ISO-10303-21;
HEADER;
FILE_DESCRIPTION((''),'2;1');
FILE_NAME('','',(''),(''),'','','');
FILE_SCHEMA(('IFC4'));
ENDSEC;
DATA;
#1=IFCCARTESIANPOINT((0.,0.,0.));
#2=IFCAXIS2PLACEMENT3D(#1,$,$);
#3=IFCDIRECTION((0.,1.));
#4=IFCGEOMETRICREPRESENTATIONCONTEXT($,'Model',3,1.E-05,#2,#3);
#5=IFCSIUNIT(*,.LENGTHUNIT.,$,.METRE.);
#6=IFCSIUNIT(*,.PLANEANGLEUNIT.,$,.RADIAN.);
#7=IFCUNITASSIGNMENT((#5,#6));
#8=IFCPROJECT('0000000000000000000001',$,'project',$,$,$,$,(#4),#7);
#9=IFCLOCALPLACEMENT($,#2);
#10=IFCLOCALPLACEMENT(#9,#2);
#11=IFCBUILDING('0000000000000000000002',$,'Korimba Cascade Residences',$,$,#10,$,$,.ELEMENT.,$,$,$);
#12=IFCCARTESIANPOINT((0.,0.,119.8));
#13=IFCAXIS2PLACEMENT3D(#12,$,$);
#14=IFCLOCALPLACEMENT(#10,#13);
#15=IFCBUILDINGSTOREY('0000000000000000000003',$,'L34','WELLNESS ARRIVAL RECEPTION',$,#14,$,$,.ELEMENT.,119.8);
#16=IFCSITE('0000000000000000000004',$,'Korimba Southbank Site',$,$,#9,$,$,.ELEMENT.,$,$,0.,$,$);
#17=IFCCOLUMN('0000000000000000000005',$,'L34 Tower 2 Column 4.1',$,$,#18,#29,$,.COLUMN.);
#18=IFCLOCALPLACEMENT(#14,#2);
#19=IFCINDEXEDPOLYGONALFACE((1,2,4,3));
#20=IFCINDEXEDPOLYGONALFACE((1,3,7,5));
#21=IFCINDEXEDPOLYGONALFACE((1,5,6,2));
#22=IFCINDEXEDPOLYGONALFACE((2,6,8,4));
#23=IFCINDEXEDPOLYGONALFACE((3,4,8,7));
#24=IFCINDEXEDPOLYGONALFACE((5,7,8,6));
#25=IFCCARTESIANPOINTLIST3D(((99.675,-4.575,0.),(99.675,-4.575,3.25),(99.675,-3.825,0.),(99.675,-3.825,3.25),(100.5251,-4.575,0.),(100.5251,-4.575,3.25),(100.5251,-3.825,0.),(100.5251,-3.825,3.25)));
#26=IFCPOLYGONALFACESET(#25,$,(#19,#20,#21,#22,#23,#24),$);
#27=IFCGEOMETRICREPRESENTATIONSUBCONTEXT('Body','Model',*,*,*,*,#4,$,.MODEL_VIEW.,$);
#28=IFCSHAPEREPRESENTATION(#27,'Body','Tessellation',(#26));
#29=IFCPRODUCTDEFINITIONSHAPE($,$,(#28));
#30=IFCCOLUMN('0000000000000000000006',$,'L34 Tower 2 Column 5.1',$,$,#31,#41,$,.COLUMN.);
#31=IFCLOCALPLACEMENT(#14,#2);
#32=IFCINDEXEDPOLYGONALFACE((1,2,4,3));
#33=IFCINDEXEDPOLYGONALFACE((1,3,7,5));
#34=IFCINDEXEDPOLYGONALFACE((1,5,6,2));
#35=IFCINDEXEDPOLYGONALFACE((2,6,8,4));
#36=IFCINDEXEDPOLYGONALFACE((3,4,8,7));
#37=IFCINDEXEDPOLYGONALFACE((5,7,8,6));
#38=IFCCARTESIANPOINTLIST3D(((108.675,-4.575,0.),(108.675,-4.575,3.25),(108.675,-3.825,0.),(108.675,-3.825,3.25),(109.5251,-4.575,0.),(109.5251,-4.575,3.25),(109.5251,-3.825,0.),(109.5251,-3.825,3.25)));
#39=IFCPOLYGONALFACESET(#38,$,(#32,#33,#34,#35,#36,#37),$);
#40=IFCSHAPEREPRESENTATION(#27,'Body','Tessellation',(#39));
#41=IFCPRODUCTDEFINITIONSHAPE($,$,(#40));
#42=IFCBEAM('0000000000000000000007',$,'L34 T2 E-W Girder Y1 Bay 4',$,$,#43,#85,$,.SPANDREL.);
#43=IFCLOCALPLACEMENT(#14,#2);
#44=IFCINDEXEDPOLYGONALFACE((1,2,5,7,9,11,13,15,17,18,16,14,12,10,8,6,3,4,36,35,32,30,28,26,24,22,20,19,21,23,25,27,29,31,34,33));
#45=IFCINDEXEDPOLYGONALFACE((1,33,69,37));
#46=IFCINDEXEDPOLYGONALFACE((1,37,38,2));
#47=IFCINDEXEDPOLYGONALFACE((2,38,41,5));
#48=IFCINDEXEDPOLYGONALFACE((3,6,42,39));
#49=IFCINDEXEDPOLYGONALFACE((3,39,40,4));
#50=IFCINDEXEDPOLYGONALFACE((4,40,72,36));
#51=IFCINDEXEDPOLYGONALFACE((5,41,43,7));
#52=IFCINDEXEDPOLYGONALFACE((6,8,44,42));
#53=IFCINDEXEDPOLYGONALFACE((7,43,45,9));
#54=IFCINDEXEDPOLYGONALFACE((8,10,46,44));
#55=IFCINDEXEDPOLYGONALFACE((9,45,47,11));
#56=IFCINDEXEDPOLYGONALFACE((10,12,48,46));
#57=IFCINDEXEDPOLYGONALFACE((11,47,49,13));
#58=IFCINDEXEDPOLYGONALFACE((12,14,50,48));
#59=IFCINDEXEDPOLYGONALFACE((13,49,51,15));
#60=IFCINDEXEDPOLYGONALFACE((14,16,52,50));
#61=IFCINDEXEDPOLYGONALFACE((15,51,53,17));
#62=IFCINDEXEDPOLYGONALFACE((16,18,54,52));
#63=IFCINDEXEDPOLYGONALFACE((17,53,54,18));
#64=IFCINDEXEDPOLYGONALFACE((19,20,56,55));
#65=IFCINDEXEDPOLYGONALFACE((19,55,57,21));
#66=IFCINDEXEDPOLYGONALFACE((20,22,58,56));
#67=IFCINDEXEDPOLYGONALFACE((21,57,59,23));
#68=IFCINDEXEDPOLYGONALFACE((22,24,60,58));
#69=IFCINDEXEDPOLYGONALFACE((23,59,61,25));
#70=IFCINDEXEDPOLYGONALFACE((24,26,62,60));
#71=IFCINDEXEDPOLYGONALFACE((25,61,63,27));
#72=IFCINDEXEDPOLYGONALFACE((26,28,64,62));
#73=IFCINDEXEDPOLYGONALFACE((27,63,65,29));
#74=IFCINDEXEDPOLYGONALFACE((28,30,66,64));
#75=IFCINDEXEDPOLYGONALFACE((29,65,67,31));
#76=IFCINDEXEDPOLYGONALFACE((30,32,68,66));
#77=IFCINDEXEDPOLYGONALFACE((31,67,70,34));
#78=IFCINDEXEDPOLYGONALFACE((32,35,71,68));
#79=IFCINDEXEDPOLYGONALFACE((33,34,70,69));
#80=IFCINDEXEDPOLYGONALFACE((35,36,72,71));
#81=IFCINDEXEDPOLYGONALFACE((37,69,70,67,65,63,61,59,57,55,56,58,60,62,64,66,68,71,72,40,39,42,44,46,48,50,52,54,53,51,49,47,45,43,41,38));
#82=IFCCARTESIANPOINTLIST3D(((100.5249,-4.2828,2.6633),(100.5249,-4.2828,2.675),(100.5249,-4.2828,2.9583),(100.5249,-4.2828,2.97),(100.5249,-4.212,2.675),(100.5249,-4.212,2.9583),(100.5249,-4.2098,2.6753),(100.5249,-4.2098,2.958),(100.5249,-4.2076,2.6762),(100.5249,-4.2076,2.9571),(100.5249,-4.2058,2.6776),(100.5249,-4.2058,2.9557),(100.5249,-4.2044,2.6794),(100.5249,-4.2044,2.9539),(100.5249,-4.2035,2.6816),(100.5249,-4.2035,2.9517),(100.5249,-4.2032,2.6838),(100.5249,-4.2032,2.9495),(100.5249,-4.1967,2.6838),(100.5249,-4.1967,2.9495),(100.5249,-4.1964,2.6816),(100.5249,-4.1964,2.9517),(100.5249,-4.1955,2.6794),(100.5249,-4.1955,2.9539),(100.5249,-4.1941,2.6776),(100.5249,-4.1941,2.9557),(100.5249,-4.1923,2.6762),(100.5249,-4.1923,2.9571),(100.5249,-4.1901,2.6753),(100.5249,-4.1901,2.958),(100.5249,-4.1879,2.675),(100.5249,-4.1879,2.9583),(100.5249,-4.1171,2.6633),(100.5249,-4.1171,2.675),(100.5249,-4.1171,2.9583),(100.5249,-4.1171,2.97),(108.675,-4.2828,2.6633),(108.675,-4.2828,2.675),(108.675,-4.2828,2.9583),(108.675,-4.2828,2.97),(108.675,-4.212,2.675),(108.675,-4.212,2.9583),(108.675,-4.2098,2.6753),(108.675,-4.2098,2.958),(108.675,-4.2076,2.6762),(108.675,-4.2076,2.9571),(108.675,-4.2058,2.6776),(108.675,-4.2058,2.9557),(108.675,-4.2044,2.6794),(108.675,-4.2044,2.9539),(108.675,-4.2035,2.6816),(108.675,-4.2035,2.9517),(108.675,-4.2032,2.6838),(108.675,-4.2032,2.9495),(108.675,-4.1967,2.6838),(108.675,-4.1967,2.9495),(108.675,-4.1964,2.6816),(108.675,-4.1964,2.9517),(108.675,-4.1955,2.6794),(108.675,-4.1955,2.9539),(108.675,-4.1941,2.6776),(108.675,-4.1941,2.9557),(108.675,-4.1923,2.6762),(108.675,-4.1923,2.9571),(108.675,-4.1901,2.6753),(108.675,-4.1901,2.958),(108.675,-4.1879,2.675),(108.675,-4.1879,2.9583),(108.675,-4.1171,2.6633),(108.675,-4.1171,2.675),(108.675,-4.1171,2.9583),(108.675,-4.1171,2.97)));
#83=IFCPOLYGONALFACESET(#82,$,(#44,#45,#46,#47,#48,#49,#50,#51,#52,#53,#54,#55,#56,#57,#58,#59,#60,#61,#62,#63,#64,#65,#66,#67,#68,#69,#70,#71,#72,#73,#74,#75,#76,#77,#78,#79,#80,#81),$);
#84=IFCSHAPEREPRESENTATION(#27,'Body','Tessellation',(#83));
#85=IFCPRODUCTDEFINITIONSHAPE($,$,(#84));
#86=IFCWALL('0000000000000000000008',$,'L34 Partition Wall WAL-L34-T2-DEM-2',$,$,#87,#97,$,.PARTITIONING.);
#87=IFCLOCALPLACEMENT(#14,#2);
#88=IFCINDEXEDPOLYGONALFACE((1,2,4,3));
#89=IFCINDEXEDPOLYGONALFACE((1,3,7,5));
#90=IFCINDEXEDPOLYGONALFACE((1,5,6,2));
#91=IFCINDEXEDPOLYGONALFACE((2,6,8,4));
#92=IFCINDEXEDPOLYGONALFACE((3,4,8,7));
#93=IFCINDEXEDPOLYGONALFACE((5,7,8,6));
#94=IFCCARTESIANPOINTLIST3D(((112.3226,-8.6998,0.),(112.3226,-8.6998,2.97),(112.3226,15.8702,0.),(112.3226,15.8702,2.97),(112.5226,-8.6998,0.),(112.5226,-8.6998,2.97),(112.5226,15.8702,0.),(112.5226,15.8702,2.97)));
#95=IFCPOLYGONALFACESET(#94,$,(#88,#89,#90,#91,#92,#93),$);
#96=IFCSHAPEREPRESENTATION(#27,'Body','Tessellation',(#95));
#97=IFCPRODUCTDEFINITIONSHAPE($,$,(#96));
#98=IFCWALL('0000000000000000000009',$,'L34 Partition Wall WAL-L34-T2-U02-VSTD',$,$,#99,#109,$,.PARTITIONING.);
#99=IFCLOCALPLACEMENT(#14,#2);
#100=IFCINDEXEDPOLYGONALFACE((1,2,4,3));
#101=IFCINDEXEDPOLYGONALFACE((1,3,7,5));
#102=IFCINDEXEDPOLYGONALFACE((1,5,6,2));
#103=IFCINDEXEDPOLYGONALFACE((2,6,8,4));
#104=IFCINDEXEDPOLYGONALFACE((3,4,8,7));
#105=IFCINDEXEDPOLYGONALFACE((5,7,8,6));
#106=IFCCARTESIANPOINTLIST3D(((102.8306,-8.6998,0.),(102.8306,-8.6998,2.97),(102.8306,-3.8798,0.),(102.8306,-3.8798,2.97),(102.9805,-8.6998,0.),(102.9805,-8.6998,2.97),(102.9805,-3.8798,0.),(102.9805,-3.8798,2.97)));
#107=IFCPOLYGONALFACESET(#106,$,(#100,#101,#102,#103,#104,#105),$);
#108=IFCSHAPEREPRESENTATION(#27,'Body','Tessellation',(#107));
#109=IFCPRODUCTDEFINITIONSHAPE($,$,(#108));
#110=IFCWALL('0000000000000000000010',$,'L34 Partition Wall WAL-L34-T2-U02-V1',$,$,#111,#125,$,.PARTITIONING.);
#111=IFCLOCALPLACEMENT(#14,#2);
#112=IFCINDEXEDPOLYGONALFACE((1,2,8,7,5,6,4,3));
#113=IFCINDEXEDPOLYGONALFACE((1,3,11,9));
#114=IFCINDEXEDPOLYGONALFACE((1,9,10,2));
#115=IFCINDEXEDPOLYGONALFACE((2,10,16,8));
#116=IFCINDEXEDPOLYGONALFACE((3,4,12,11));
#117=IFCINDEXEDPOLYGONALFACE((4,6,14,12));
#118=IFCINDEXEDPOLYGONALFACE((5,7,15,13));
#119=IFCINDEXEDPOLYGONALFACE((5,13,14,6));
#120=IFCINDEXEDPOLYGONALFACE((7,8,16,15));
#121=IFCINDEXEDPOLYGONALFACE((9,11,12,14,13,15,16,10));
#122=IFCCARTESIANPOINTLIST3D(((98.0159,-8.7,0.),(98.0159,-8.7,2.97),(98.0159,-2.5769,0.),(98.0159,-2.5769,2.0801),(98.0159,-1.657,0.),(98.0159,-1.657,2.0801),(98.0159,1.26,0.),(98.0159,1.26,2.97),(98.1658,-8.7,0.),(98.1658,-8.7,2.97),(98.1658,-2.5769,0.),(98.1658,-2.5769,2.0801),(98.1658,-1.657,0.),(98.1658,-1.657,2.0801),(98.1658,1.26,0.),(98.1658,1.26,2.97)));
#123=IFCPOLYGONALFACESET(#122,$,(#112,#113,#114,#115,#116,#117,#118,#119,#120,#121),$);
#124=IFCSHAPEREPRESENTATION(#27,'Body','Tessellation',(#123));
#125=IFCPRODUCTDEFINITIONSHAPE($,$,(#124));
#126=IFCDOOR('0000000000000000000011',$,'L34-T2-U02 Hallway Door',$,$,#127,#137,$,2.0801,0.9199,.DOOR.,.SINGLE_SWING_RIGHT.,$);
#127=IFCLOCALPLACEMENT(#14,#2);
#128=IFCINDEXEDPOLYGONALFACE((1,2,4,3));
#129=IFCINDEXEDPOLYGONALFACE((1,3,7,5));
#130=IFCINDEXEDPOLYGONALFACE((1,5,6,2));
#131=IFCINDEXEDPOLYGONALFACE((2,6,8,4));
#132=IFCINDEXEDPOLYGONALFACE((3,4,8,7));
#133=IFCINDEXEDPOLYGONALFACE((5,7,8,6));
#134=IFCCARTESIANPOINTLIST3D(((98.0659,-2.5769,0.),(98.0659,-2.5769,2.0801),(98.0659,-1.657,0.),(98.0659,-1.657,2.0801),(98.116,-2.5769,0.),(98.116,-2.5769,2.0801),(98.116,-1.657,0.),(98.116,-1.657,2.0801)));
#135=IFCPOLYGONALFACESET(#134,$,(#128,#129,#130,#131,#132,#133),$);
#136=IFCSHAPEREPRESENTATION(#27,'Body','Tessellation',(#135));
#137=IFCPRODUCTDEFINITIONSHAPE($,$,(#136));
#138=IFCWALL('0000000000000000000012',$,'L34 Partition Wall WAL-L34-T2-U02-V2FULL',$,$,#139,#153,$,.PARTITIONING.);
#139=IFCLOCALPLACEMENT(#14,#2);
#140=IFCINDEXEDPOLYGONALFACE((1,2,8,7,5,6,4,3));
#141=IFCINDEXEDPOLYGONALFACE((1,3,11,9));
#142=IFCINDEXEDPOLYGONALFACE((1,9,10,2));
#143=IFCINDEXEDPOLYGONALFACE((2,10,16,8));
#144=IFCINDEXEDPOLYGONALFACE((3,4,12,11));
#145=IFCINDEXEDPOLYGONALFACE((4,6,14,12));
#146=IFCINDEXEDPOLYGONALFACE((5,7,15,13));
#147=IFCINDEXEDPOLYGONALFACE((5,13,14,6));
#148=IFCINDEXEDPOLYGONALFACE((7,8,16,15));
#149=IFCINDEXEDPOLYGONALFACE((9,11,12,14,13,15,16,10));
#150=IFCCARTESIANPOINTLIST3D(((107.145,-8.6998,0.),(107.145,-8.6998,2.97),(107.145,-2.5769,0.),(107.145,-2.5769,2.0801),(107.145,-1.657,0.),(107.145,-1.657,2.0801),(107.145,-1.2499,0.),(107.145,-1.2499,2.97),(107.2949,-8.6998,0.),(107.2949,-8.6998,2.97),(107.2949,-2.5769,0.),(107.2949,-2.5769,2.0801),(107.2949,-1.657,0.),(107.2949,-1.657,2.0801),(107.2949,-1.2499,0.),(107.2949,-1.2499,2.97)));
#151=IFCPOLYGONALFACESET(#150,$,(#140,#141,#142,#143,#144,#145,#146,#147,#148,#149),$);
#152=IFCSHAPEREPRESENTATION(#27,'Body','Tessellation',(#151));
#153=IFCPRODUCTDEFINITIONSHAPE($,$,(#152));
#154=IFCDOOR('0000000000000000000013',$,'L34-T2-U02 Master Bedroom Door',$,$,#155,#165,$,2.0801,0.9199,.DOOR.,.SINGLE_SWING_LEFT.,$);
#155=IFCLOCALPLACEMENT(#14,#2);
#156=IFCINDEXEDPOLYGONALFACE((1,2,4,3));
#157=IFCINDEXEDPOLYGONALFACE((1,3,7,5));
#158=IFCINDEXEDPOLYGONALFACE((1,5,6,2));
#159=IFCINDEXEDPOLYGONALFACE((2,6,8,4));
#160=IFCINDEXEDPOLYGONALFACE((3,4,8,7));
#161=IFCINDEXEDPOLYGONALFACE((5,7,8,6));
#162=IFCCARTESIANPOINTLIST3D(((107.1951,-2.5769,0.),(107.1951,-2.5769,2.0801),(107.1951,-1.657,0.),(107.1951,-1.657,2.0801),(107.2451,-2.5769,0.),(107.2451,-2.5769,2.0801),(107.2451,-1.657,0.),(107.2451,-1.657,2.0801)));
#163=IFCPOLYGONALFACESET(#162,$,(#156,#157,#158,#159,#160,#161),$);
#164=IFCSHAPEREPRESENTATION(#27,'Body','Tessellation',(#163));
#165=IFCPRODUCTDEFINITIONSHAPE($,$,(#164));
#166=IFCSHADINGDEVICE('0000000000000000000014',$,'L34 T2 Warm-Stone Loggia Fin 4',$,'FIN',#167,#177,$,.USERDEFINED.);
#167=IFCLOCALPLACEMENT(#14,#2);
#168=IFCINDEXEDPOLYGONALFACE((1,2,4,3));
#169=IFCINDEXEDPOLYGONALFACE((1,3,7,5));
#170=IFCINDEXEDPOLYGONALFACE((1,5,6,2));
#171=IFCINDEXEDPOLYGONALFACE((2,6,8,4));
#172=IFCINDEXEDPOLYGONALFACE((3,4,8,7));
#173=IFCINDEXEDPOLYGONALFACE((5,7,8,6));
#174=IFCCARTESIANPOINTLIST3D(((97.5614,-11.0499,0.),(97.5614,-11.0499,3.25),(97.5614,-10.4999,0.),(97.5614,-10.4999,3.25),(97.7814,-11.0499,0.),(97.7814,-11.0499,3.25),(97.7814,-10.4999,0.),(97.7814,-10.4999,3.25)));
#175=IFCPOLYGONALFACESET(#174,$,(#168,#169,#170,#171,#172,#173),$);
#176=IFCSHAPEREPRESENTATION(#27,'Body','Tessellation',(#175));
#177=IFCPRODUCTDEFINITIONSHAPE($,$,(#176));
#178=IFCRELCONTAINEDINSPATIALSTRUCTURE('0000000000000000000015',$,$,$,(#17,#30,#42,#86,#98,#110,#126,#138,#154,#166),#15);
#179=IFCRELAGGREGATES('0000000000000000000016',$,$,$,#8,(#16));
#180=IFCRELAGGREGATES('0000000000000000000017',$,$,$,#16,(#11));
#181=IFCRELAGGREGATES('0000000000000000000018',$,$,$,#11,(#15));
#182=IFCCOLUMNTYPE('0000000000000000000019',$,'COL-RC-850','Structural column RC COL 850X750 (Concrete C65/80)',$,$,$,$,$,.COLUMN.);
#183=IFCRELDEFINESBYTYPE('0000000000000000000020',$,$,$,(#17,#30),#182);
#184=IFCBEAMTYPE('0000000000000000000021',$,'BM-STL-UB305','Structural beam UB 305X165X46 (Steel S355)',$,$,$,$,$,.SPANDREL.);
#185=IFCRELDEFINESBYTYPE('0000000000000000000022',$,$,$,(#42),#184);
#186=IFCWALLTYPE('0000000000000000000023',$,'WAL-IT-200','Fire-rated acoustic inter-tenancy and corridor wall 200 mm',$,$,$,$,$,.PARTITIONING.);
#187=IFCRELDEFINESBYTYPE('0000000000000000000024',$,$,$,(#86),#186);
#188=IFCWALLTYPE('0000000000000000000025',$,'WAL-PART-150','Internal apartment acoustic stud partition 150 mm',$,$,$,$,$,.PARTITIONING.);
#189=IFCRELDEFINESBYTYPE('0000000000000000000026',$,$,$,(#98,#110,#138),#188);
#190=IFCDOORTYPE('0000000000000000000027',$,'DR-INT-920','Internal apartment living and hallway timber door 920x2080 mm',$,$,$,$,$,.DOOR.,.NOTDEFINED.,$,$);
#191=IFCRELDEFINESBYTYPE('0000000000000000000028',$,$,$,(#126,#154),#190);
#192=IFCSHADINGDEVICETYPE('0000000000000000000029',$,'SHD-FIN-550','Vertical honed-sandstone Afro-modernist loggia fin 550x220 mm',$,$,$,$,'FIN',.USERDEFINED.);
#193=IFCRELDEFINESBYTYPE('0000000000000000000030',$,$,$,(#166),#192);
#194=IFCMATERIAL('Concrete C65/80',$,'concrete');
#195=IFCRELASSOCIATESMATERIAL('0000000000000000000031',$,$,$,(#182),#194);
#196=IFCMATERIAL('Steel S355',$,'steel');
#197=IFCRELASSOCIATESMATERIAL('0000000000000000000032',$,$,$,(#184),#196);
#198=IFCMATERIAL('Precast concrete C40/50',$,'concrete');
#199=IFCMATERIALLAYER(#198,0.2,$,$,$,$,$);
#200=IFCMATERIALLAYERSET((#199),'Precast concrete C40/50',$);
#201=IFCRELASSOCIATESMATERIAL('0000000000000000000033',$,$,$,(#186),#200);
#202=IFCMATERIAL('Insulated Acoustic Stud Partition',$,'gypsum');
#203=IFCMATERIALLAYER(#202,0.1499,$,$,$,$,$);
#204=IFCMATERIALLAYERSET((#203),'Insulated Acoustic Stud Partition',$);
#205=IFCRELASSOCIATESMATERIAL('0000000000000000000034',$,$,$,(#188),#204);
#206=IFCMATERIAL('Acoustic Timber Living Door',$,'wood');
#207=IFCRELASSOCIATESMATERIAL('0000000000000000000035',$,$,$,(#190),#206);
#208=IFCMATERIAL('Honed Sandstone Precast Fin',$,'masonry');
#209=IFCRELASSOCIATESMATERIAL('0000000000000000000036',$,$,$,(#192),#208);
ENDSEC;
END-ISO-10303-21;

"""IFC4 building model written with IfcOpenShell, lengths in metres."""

from ifc_helpers import new_model, si_unit, direction, frame, frame_2d, origin, origin_2d, place, context, subcontext, project, spatial, rectangle, i_section, extrude, material, layer, layer_set, material_profile, profile_set, type_object, element, fill, save


model = new_model("IFC4")

# Units and contexts
model_context = context("Model", 3, precision=1e-05, world=origin(), true_north=direction((0.0, 1.0)))
body_context = subcontext(model_context, "Body", "Model", "MODEL_VIEW")
ifc_project = project(units=[si_unit("LENGTHUNIT", "METRE"), si_unit("PLANEANGLEUNIT", "RADIAN")], contexts=[model_context])

# Site, building, storey
site_placement = place(None, origin())
site = spatial("IfcSite", under=ifc_project, at=site_placement, Name="Korimba Southbank Site", CompositionType="ELEMENT", RefElevation=0.0)
building_placement = place(site_placement, origin())
building = spatial("IfcBuilding", under=site, at=building_placement, Name="Korimba Cascade Residences", CompositionType="ELEMENT")
storey_placement = place(building_placement, frame((0.0, 0.0, 119.8)))
storey = spatial("IfcBuildingStorey", under=building, at=storey_placement, Name="L34", Description="WELLNESS ARRIVAL RECEPTION", CompositionType="ELEMENT", Elevation=119.8)

# Columns
ifc_material_1 = material(Name="Concrete C65/80", Category="concrete")
ifc_material_profile_1 = material_profile(ifc_material_1, rectangle(XDim=0.8501, YDim=0.75, at=origin_2d()), Name="Concrete C65/80")
ifc_profile_set_1 = profile_set([ifc_material_profile_1], Name="Concrete C65/80")
column_type = type_object("IfcColumnType", Name="COL-RC-850", Description="Structural column RC COL 850X750 (Concrete C65/80)", PredefinedType="COLUMN", material=ifc_profile_set_1)
for number, where, z_axis, x_axis, name in (
    (1, (100.1001, -4.2, 0.0), (0.0, 0.0, 1.0), (1.0, 0.0, 0.0), "L34 Tower 2 Column 4.1"),
    (2, (109.1001, -4.2, 0.0), (0.0, 0.0, 1.0), (1.0, 0.0, 0.0), "L34 Tower 2 Column 5.1"),
):
    element("IfcColumn", number, at=place(storey_placement, frame(where, z_axis=z_axis, x_axis=x_axis)), inside=storey, type_object=column_type, Name=name, PredefinedType="COLUMN", context=body_context, shape_type="SweptSolid", body=[
        extrude(rectangle(XDim=0.8501, YDim=0.75, at=origin_2d()), origin(), (0.0, 0.0, 1.0), 3.25),
    ])

# Beam
ifc_material_2 = material(Name="Steel S355", Category="steel")
ifc_material_profile_2 = material_profile(ifc_material_2, i_section(OverallWidth=0.1658, OverallDepth=0.3066, WebThickness=0.0066, FlangeThickness=0.0117, FilletRadius=0.0088, at=origin_2d()), Name="Steel S355")
ifc_profile_set_2 = profile_set([ifc_material_profile_2], Name="Steel S355")
beam_type = type_object("IfcBeamType", Name="BM-STL-UB305", Description="Structural beam UB 305X165X46 (Steel S355)", PredefinedType="SPANDREL", material=ifc_profile_set_2)
beam_placement = place(storey_placement, frame((100.5249, -4.2, 2.8167), z_axis=(1.0, 0.0, 0.0), x_axis=(0.0, 1.0, 0.0)))
element("IfcBeam", 3, at=beam_placement, inside=storey, type_object=beam_type, Name="L34 T2 E-W Girder Y1 Bay 4", PredefinedType="SPANDREL", context=body_context, shape_type="SweptSolid", body=[
    extrude(i_section(OverallWidth=0.1658, OverallDepth=0.3066, WebThickness=0.0066, FlangeThickness=0.0117, FilletRadius=0.0088, at=origin_2d()), origin(), (0.0, 0.0, 1.0), 8.1501),
])

# Walls
ifc_material_3 = material(Name="Precast concrete C40/50", Category="concrete")
ifc_layer_1 = layer(ifc_material_3, 0.2)
ifc_layer_set_1 = layer_set([ifc_layer_1], Name="Precast concrete C40/50")
wall_type_1 = type_object("IfcWallType", Name="WAL-IT-200", Description="Fire-rated acoustic inter-tenancy and corridor wall 200 mm", PredefinedType="PARTITIONING", material=ifc_layer_set_1)
wall_1_placement = place(storey_placement, frame((112.4226, -8.7, 0.0), z_axis=(0.0, 0.0, 1.0), x_axis=(0.0, 1.0, 0.0)))
element("IfcWall", 4, at=wall_1_placement, inside=storey, type_object=wall_type_1, Name="L34 Partition Wall WAL-L34-T2-DEM-2", PredefinedType="PARTITIONING", context=body_context, shape_type="SweptSolid", body=[
    extrude(rectangle(XDim=24.5701, YDim=0.2, at=frame_2d((12.2852, 0.0))), origin(), (0.0, 0.0, 1.0), 2.97),
])
ifc_material_4 = material(Name="Insulated Acoustic Stud Partition", Category="gypsum")
ifc_layer_2 = layer(ifc_material_4, 0.1499)
ifc_layer_set_2 = layer_set([ifc_layer_2], Name="Insulated Acoustic Stud Partition")
wall_type_2 = type_object("IfcWallType", Name="WAL-PART-150", Description="Internal apartment acoustic stud partition 150 mm", PredefinedType="PARTITIONING", material=ifc_layer_set_2)
wall_2_placement = place(storey_placement, frame((102.9055, -8.7, 0.0), z_axis=(0.0, 0.0, 1.0), x_axis=(0.0, 1.0, 0.0)))
element("IfcWall", 5, at=wall_2_placement, inside=storey, type_object=wall_type_2, Name="L34 Partition Wall WAL-L34-T2-U02-VSTD", PredefinedType="PARTITIONING", context=body_context, shape_type="SweptSolid", body=[
    extrude(rectangle(XDim=4.8201, YDim=0.1499, at=frame_2d((2.4102, 0.0))), origin(), (0.0, 0.0, 1.0), 2.97),
])

# Walls, openings, doors
wall_3_placement = place(storey_placement, frame((98.0908, -8.7, 0.0), z_axis=(0.0, 0.0, 1.0), x_axis=(0.0, 1.0, 0.0)))
wall_3 = element("IfcWall", 6, at=wall_3_placement, inside=storey, type_object=wall_type_2, Name="L34 Partition Wall WAL-L34-T2-U02-V1", PredefinedType="PARTITIONING", context=body_context, shape_type="SweptSolid", body=[
    extrude(rectangle(XDim=9.96, YDim=0.1499, at=frame_2d((4.98, 0.0))), origin(), (0.0, 0.0, 1.0), 2.97),
])
opening_1_placement = place(wall_3_placement, frame((6.123, 0.0, 0.0)))
opening_1 = element("IfcOpeningElement", 7, at=opening_1_placement, cuts=wall_3, PredefinedType="OPENING", context=body_context, shape_type="SweptSolid", body=[
    extrude(rectangle(XDim=0.9199, YDim=2.0801, at=frame_2d((0.46, 1.04))), frame((0.0, 0.085, 0.0), z_axis=(0.0, -1.0, 0.0), x_axis=(1.0, 0.0, 0.0)), (0.0, 0.0, 1.0), 0.1699),
])
ifc_material_5 = material(Name="Acoustic Timber Living Door", Category="wood")
door_type = type_object("IfcDoorType", Name="DR-INT-920", Description="Internal apartment living and hallway timber door 920x2080 mm", OperationType="NOTDEFINED", PredefinedType="DOOR", material=ifc_material_5)
door_1_placement = place(opening_1_placement, origin())
door_1 = element("IfcDoor", 8, at=door_1_placement, inside=storey, type_object=door_type, Name="L34-T2-U02 Hallway Door", OperationType="SINGLE_SWING_RIGHT", OverallHeight=2.0801, OverallWidth=0.9199, PredefinedType="DOOR", context=body_context, shape_type="SweptSolid", body=[
    extrude(rectangle(XDim=0.9199, YDim=2.0801, at=frame_2d((0.46, 1.04))), frame((0.0, 0.0249, 0.0), z_axis=(0.0, -1.0, 0.0), x_axis=(1.0, 0.0, 0.0)), (0.0, 0.0, 1.0), 0.05),
])
fill(opening_1, door_1)
wall_4_placement = place(storey_placement, frame((107.22, -8.7, 0.0), z_axis=(0.0, 0.0, 1.0), x_axis=(0.0, 1.0, 0.0)))
wall_4 = element("IfcWall", 9, at=wall_4_placement, inside=storey, type_object=wall_type_2, Name="L34 Partition Wall WAL-L34-T2-U02-V2FULL", PredefinedType="PARTITIONING", context=body_context, shape_type="SweptSolid", body=[
    extrude(rectangle(XDim=7.45, YDim=0.1499, at=frame_2d((3.7251, 0.0))), origin(), (0.0, 0.0, 1.0), 2.97),
])
opening_2_placement = place(wall_4_placement, frame((6.123, 0.0, 0.0)))
opening_2 = element("IfcOpeningElement", 10, at=opening_2_placement, cuts=wall_4, PredefinedType="OPENING", context=body_context, shape_type="SweptSolid", body=[
    extrude(rectangle(XDim=0.9199, YDim=2.0801, at=frame_2d((0.46, 1.04))), frame((0.0, 0.085, 0.0), z_axis=(0.0, -1.0, 0.0), x_axis=(1.0, 0.0, 0.0)), (0.0, 0.0, 1.0), 0.1699),
])
door_2_placement = place(opening_2_placement, origin())
door_2 = element("IfcDoor", 11, at=door_2_placement, inside=storey, type_object=door_type, Name="L34-T2-U02 Master Bedroom Door", OperationType="SINGLE_SWING_LEFT", OverallHeight=2.0801, OverallWidth=0.9199, PredefinedType="DOOR", context=body_context, shape_type="SweptSolid", body=[
    extrude(rectangle(XDim=0.9199, YDim=2.0801, at=frame_2d((0.46, 1.04))), frame((0.0, 0.0249, 0.0), z_axis=(0.0, -1.0, 0.0), x_axis=(1.0, 0.0, 0.0)), (0.0, 0.0, 1.0), 0.05),
])
fill(opening_2, door_2)

# Shading device
ifc_material_6 = material(Name="Honed Sandstone Precast Fin", Category="masonry")
shading_device_type = type_object("IfcShadingDeviceType", Name="SHD-FIN-550", Description="Vertical honed-sandstone Afro-modernist loggia fin 550x220 mm", ElementType="FIN", PredefinedType="USERDEFINED", material=ifc_material_6)
for number, where, z_axis, x_axis, name in (
    (12, (97.6714, -10.7749, 0.0), (0.0, 0.0, 1.0), (1.0, 0.0, 0.0), "L34 T2 Warm-Stone Loggia Fin 4"),
):
    element("IfcShadingDevice", number, at=place(storey_placement, frame(where, z_axis=z_axis, x_axis=x_axis)), inside=storey, type_object=shading_device_type, Name=name, ObjectType="FIN", PredefinedType="USERDEFINED", context=body_context, shape_type="SweptSolid", body=[
        extrude(rectangle(XDim=0.22, YDim=0.55, at=origin_2d()), origin(), (0.0, 0.0, 1.0), 3.25),
    ])

save(model, "model.ifc")
